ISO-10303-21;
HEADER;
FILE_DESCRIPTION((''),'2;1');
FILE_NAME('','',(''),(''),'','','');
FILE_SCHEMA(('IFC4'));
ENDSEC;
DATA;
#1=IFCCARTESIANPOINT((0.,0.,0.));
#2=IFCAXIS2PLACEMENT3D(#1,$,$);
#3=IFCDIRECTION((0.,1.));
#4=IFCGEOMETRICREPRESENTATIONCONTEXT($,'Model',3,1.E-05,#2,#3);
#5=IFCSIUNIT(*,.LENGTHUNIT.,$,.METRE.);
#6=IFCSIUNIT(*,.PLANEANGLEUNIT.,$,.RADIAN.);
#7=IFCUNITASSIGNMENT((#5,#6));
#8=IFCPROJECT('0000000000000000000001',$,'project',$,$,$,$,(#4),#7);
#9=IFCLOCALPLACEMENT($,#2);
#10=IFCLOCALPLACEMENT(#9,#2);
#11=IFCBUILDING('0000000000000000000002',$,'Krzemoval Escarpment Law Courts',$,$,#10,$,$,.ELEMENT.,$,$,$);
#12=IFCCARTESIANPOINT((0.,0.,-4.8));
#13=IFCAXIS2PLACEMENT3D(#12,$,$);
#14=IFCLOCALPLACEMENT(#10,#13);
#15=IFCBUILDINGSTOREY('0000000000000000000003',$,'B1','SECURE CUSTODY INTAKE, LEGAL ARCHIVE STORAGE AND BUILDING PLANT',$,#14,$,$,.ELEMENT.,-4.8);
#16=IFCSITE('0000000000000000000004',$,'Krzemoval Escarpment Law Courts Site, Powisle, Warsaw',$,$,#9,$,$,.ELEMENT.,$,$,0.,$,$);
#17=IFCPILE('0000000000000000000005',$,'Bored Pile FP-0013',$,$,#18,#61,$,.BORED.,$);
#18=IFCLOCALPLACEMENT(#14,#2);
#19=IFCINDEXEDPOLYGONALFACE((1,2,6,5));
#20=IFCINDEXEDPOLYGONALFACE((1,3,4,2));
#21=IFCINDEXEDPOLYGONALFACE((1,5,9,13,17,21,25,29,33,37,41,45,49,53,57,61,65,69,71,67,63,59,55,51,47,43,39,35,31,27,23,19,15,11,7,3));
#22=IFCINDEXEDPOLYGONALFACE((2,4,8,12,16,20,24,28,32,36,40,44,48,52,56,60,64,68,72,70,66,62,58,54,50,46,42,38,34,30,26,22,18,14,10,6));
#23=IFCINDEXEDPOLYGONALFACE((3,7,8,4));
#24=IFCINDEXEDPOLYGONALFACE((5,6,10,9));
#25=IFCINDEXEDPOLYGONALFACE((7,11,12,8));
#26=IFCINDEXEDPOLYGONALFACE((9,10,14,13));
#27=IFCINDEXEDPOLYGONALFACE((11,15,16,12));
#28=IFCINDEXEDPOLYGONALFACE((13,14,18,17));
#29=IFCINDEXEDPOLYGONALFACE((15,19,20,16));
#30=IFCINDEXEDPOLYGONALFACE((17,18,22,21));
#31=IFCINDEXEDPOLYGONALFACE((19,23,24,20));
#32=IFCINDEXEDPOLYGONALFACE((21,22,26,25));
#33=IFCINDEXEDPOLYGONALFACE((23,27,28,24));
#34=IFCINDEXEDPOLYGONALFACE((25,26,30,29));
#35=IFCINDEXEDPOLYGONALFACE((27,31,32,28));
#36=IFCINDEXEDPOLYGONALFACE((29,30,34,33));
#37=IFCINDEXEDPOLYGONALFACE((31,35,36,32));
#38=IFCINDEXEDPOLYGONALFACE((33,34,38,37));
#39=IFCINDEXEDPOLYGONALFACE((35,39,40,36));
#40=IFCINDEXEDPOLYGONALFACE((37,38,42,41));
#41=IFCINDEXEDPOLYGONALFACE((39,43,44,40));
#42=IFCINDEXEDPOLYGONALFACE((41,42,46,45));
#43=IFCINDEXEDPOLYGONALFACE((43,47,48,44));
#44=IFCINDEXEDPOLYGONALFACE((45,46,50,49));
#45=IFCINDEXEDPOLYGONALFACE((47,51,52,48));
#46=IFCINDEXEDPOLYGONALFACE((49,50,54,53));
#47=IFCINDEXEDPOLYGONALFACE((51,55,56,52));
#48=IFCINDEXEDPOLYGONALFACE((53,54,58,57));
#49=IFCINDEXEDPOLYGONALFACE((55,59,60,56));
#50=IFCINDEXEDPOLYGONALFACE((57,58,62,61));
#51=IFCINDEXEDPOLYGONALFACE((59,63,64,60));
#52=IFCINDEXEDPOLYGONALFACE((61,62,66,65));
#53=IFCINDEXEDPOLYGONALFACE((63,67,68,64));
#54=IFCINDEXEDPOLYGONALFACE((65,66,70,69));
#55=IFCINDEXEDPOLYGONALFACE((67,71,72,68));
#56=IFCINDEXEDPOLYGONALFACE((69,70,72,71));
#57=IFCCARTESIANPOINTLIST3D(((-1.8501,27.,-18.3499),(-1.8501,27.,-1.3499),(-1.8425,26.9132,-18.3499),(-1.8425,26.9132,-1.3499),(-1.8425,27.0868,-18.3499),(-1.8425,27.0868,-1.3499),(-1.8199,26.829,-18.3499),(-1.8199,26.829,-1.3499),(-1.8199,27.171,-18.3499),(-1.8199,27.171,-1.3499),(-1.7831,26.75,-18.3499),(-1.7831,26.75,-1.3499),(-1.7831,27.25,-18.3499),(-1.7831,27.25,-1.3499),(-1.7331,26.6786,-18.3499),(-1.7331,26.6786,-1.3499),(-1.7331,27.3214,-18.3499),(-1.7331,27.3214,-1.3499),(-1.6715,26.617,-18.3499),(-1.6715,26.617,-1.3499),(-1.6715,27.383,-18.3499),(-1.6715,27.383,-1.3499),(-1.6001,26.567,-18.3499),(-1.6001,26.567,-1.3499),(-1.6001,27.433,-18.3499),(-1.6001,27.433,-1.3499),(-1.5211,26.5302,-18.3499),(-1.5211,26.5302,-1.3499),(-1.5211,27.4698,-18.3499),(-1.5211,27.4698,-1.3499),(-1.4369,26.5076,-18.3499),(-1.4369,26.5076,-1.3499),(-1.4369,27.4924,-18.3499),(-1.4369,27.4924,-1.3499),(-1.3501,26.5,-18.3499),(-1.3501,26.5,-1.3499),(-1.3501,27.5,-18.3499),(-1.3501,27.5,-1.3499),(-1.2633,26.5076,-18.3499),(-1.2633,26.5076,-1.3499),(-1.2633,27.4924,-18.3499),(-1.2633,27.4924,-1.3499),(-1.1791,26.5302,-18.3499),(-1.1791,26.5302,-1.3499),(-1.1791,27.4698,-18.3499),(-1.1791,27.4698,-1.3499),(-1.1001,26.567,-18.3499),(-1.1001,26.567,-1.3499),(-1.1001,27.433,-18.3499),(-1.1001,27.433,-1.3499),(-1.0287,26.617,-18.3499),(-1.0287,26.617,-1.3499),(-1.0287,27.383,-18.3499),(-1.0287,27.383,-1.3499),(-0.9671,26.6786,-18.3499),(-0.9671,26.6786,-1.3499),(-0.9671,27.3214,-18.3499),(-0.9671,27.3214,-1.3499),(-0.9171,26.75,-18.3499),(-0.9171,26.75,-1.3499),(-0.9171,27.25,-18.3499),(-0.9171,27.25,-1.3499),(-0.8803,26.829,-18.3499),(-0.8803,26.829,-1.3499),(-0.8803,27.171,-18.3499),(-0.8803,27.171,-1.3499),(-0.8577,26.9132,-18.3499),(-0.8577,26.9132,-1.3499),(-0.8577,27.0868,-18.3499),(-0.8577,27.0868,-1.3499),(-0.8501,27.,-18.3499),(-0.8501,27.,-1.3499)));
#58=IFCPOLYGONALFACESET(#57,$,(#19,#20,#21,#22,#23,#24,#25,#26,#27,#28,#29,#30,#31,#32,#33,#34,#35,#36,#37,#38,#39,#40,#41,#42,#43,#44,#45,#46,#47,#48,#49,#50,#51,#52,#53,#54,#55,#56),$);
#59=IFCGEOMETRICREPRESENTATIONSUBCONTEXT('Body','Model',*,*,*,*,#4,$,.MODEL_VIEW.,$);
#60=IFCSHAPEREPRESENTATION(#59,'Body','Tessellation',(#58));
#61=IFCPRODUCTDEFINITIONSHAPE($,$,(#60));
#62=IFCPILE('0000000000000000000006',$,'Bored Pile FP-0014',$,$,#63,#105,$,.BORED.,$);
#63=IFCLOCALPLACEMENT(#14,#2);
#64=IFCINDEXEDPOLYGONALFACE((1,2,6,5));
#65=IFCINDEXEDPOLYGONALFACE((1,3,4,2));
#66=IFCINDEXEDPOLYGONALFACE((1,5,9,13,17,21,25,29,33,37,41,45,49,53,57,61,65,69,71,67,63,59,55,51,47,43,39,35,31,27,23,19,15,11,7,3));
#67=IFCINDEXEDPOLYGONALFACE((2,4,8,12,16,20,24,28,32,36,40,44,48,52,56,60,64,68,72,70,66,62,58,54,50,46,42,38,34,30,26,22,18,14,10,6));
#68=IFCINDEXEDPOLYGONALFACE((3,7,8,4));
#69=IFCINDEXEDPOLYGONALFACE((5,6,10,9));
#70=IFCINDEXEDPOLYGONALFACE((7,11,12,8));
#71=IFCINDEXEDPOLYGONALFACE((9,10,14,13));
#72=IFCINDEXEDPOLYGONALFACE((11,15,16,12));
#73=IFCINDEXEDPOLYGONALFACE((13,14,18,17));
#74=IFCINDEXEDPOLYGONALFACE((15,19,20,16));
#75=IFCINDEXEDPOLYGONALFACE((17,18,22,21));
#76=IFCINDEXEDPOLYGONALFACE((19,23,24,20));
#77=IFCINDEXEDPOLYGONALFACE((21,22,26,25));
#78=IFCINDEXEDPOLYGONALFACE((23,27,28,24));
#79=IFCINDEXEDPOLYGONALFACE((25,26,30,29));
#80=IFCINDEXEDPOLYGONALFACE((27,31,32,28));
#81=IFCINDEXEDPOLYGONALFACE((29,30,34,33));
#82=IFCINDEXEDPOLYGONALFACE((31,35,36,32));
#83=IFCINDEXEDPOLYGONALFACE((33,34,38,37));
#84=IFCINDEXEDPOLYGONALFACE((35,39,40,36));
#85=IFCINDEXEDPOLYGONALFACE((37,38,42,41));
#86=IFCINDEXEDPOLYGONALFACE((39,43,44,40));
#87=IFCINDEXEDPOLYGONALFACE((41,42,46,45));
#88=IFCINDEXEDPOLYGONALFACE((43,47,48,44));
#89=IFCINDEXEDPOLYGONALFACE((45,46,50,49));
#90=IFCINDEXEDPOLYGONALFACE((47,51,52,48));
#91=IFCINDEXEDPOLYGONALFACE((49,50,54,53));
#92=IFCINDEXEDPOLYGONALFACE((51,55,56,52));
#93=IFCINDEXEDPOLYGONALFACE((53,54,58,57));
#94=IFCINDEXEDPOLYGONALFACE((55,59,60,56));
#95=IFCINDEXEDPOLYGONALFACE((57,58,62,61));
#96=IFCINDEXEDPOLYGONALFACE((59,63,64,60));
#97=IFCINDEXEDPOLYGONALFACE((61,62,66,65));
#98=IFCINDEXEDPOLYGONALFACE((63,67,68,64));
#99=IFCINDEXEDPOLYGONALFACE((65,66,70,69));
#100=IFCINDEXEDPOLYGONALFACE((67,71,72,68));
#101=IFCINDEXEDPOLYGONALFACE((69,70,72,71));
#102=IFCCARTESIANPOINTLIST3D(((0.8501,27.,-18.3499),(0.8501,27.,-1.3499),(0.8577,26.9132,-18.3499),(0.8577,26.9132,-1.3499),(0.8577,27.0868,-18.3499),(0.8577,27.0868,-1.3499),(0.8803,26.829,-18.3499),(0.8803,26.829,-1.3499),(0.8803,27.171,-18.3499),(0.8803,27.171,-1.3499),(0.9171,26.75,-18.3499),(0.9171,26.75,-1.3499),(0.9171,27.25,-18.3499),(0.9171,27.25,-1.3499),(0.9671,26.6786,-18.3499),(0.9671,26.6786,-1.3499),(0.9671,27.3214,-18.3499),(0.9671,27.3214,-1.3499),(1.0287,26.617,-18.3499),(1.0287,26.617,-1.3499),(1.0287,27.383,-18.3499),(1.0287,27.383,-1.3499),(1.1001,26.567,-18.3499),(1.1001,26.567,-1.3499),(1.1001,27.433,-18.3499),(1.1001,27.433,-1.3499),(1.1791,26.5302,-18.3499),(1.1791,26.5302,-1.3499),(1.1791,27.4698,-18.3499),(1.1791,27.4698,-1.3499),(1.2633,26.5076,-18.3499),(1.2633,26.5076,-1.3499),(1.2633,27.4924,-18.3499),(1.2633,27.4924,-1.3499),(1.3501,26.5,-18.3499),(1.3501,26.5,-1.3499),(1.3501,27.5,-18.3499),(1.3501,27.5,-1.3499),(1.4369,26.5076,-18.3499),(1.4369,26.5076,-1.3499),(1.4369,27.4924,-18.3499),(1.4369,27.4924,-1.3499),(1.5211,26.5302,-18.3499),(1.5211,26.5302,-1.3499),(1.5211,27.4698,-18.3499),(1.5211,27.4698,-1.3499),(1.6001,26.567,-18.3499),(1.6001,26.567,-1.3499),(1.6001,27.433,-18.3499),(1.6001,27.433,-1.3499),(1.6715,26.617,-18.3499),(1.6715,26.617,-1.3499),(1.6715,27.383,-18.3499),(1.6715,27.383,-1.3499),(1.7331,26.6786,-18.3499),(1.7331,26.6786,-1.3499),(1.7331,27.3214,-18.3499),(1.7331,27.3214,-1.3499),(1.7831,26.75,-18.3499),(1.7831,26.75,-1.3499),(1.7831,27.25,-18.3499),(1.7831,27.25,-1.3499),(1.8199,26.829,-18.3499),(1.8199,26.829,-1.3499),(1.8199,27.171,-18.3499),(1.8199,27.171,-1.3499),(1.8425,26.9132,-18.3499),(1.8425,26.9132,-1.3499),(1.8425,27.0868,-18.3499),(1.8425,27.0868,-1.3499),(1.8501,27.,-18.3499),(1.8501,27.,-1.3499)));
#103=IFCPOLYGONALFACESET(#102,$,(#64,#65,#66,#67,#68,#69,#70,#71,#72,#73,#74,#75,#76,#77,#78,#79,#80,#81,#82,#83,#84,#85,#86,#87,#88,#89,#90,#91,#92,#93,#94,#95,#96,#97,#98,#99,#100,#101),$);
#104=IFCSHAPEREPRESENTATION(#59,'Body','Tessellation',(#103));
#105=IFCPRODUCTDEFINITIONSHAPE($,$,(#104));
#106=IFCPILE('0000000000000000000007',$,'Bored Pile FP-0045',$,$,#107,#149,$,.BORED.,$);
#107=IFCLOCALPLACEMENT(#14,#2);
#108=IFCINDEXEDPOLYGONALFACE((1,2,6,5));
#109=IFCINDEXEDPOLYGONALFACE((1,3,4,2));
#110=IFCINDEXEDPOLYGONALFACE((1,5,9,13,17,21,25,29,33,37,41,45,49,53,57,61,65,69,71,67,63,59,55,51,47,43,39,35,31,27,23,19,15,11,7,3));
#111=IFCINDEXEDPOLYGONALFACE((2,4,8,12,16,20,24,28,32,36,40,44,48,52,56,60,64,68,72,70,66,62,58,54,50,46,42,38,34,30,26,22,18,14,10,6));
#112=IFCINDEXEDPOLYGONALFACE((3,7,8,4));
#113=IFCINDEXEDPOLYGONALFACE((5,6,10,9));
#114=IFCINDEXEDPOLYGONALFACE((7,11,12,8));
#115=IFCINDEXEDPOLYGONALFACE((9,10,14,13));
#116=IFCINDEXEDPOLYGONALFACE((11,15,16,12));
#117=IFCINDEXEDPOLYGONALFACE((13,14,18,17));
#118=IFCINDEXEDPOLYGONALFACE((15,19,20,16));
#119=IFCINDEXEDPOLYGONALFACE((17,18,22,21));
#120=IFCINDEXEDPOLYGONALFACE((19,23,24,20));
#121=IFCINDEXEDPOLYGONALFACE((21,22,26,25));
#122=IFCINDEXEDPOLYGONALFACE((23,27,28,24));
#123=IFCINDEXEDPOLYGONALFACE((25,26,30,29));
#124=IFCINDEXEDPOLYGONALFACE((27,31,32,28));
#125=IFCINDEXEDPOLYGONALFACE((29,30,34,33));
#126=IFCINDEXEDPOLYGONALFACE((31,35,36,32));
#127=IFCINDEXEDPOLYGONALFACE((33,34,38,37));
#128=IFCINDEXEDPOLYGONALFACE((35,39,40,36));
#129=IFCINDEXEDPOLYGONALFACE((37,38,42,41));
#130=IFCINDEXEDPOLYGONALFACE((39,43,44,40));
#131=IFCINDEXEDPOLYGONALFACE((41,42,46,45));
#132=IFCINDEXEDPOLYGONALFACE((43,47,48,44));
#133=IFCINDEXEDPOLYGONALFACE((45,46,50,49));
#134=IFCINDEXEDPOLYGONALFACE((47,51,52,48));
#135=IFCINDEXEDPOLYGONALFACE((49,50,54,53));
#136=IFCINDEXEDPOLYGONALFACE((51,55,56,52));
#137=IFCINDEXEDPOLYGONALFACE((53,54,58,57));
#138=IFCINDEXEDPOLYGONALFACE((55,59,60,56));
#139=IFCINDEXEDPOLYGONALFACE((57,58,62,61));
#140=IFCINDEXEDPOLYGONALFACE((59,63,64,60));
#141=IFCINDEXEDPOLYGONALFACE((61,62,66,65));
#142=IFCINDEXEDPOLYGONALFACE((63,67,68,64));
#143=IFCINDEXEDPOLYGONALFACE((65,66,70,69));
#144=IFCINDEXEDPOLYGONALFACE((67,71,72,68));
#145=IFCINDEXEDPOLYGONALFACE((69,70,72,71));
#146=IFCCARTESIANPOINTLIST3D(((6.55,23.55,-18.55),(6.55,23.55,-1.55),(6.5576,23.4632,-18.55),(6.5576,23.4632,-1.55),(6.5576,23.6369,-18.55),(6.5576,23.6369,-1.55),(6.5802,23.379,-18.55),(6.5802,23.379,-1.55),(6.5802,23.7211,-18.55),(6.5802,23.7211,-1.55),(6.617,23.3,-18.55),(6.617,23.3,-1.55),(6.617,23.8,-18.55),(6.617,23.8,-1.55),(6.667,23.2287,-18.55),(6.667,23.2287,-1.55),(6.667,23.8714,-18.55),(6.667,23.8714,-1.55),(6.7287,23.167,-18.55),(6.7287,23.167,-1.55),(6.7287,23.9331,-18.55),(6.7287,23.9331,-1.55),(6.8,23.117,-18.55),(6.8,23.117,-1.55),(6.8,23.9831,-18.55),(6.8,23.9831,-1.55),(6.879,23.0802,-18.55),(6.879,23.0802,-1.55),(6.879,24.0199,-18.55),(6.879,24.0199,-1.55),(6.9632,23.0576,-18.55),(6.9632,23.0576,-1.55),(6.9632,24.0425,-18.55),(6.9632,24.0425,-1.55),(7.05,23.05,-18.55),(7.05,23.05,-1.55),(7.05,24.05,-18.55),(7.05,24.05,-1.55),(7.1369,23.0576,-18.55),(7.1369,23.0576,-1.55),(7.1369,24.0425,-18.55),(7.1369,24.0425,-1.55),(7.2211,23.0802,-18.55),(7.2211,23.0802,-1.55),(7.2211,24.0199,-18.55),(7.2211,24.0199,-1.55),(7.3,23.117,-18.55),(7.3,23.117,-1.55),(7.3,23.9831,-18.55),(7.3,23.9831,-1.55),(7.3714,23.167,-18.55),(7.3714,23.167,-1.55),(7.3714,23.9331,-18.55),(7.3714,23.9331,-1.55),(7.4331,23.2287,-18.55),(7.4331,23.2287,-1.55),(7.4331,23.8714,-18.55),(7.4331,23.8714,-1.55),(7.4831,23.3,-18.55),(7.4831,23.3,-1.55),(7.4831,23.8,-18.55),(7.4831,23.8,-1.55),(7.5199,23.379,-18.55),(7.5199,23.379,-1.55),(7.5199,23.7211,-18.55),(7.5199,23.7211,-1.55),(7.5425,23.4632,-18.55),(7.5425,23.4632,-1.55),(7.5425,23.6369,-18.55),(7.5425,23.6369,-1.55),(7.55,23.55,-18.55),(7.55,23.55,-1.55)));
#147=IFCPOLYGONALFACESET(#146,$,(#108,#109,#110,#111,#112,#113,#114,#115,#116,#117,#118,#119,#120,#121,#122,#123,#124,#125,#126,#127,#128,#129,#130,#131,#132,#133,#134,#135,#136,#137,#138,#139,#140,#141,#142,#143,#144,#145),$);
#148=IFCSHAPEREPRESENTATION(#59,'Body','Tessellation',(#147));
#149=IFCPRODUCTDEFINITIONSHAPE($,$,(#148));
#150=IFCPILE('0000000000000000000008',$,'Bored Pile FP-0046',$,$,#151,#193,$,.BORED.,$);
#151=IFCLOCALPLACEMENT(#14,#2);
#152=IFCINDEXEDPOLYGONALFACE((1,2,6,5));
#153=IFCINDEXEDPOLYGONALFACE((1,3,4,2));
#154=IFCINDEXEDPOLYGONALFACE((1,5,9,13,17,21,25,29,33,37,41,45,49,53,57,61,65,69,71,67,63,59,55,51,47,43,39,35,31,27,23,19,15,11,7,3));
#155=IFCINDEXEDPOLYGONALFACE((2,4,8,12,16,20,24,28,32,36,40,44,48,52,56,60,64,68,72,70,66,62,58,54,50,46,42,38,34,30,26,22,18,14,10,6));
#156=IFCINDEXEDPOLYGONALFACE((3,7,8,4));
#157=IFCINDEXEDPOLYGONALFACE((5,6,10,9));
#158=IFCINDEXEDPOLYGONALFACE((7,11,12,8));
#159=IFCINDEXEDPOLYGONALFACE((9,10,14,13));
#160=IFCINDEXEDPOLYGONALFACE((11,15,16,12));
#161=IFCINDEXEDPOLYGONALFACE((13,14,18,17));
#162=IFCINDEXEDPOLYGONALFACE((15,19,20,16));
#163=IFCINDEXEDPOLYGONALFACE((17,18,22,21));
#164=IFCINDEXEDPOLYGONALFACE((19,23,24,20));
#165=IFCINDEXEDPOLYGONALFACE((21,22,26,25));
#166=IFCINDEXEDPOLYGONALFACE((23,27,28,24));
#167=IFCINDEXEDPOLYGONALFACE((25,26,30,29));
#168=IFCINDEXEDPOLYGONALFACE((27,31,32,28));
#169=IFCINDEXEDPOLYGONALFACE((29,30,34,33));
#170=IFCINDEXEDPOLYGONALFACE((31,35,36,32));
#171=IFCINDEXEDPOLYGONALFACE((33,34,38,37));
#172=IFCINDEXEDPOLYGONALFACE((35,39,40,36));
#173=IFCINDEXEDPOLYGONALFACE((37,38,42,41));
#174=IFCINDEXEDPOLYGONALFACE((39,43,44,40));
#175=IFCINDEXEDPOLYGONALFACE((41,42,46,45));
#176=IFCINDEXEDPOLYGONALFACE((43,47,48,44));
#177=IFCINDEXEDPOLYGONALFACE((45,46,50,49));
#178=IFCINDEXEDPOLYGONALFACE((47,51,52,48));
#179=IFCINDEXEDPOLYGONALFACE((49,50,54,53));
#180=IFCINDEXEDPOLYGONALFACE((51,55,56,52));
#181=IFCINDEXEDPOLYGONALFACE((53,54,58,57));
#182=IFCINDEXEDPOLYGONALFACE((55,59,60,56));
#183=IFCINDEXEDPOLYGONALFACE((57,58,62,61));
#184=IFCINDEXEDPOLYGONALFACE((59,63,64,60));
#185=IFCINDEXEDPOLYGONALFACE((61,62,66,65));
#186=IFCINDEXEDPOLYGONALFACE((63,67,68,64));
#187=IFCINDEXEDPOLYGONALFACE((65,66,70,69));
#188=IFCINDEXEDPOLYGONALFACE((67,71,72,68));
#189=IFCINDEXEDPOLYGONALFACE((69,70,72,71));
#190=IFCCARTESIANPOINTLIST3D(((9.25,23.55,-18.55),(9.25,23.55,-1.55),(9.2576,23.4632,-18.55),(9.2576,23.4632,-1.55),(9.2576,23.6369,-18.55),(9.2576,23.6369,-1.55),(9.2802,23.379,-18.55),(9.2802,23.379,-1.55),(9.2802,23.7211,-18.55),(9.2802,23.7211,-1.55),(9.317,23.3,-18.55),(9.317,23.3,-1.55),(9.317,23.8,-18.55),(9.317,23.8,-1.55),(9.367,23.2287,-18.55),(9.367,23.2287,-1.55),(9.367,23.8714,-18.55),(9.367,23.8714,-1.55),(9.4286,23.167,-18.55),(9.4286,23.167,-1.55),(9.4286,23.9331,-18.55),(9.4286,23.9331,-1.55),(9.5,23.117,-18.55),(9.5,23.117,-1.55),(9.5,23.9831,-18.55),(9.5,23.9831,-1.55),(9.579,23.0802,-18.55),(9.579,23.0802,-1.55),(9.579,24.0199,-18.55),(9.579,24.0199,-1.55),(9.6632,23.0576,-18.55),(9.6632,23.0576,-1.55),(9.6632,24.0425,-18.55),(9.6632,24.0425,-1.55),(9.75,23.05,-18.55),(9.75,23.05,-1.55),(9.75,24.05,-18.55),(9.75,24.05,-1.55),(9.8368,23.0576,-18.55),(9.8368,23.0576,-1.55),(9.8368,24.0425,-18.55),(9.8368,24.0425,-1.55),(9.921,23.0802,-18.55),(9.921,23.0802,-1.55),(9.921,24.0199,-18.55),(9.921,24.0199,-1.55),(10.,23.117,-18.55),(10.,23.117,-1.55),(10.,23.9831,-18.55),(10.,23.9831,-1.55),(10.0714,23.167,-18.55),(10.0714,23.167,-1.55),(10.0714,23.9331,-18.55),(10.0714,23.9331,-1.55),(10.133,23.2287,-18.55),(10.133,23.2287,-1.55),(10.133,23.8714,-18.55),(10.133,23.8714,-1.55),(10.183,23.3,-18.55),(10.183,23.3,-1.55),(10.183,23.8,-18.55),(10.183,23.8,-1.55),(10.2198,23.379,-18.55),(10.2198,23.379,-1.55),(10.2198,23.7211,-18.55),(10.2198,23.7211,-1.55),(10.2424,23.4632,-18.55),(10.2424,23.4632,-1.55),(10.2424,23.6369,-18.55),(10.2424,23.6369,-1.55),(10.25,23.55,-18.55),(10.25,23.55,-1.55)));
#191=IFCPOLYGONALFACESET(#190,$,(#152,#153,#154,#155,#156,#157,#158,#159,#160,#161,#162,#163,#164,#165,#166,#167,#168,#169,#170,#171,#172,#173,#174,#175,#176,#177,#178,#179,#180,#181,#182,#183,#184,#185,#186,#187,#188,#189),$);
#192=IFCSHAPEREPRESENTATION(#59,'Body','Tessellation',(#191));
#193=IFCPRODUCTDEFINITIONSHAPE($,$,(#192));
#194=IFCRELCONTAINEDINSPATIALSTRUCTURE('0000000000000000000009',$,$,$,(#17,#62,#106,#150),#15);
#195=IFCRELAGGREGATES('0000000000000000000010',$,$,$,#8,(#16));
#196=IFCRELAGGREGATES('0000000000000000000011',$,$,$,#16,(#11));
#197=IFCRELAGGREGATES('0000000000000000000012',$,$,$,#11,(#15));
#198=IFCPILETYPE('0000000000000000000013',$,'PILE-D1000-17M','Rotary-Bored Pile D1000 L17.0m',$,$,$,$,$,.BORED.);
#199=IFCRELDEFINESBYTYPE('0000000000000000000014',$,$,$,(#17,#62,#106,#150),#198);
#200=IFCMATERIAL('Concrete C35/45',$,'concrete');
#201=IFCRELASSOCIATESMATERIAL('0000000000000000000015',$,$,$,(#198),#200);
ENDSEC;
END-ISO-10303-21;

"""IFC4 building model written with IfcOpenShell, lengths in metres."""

from ifc_helpers import new_model, si_unit, direction, frame, origin, origin_2d, place, context, subcontext, project, spatial, circle, extrude, material, material_profile, profile_set, type_object, element, save


model = new_model("IFC4")

# Units and contexts
model_context = context("Model", 3, precision=1e-05, world=origin(), true_north=direction((0.0, 1.0)))
body_context = subcontext(model_context, "Body", "Model", "MODEL_VIEW")
ifc_project = project(units=[si_unit("LENGTHUNIT", "METRE"), si_unit("PLANEANGLEUNIT", "RADIAN")], contexts=[model_context])

# Site, building, storey
site_placement = place(None, origin())
site = spatial("IfcSite", under=ifc_project, at=site_placement, Name="Krzemoval Escarpment Law Courts Site, Powisle, Warsaw", CompositionType="ELEMENT", RefElevation=0.0)
building_placement = place(site_placement, origin())
building = spatial("IfcBuilding", under=site, at=building_placement, Name="Krzemoval Escarpment Law Courts", CompositionType="ELEMENT")
storey_placement = place(building_placement, frame((0.0, 0.0, -4.8)))
storey = spatial("IfcBuildingStorey", under=building, at=storey_placement, Name="B1", Description="SECURE CUSTODY INTAKE, LEGAL ARCHIVE STORAGE AND BUILDING PLANT", CompositionType="ELEMENT", Elevation=-4.8)

# Piles
ifc_material_1 = material(Name="Concrete C35/45", Category="concrete")
ifc_material_profile_1 = material_profile(ifc_material_1, circle(Radius=0.5, at=origin_2d()), Name="PILE D1000")
ifc_profile_set_1 = profile_set([ifc_material_profile_1], Name="Concrete C35/45")
pile_type_1 = type_object("IfcPileType", Name="PILE-D1000-17M", Description="Rotary-Bored Pile D1000 L17.0m", PredefinedType="BORED", material=ifc_profile_set_1)
for number, where, z_axis, x_axis, name in (
    (1, (-1.3501, 27.0, -1.3499), (0.0, 0.0, -1.0), (1.0, 0.0, 0.0), "Bored Pile FP-0013"),
    (2, (1.3501, 27.0, -1.3499), (0.0, 0.0, -1.0), (1.0, 0.0, 0.0), "Bored Pile FP-0014"),
    (3, (7.05, 23.55, -1.55), (0.0, 0.0, -1.0), (1.0, 0.0, 0.0), "Bored Pile FP-0045"),
    (4, (9.75, 23.55, -1.55), (0.0, 0.0, -1.0), (1.0, 0.0, 0.0), "Bored Pile FP-0046"),
):
    element("IfcPile", number, at=place(storey_placement, frame(where, z_axis=z_axis, x_axis=x_axis)), inside=storey, type_object=pile_type_1, Name=name, PredefinedType="BORED", context=body_context, shape_type="SweptSolid", body=[
        extrude(circle(Radius=0.5, at=origin_2d()), origin(), (0.0, 0.0, 1.0), 17.0),
    ])

save(model, "model.ifc")
